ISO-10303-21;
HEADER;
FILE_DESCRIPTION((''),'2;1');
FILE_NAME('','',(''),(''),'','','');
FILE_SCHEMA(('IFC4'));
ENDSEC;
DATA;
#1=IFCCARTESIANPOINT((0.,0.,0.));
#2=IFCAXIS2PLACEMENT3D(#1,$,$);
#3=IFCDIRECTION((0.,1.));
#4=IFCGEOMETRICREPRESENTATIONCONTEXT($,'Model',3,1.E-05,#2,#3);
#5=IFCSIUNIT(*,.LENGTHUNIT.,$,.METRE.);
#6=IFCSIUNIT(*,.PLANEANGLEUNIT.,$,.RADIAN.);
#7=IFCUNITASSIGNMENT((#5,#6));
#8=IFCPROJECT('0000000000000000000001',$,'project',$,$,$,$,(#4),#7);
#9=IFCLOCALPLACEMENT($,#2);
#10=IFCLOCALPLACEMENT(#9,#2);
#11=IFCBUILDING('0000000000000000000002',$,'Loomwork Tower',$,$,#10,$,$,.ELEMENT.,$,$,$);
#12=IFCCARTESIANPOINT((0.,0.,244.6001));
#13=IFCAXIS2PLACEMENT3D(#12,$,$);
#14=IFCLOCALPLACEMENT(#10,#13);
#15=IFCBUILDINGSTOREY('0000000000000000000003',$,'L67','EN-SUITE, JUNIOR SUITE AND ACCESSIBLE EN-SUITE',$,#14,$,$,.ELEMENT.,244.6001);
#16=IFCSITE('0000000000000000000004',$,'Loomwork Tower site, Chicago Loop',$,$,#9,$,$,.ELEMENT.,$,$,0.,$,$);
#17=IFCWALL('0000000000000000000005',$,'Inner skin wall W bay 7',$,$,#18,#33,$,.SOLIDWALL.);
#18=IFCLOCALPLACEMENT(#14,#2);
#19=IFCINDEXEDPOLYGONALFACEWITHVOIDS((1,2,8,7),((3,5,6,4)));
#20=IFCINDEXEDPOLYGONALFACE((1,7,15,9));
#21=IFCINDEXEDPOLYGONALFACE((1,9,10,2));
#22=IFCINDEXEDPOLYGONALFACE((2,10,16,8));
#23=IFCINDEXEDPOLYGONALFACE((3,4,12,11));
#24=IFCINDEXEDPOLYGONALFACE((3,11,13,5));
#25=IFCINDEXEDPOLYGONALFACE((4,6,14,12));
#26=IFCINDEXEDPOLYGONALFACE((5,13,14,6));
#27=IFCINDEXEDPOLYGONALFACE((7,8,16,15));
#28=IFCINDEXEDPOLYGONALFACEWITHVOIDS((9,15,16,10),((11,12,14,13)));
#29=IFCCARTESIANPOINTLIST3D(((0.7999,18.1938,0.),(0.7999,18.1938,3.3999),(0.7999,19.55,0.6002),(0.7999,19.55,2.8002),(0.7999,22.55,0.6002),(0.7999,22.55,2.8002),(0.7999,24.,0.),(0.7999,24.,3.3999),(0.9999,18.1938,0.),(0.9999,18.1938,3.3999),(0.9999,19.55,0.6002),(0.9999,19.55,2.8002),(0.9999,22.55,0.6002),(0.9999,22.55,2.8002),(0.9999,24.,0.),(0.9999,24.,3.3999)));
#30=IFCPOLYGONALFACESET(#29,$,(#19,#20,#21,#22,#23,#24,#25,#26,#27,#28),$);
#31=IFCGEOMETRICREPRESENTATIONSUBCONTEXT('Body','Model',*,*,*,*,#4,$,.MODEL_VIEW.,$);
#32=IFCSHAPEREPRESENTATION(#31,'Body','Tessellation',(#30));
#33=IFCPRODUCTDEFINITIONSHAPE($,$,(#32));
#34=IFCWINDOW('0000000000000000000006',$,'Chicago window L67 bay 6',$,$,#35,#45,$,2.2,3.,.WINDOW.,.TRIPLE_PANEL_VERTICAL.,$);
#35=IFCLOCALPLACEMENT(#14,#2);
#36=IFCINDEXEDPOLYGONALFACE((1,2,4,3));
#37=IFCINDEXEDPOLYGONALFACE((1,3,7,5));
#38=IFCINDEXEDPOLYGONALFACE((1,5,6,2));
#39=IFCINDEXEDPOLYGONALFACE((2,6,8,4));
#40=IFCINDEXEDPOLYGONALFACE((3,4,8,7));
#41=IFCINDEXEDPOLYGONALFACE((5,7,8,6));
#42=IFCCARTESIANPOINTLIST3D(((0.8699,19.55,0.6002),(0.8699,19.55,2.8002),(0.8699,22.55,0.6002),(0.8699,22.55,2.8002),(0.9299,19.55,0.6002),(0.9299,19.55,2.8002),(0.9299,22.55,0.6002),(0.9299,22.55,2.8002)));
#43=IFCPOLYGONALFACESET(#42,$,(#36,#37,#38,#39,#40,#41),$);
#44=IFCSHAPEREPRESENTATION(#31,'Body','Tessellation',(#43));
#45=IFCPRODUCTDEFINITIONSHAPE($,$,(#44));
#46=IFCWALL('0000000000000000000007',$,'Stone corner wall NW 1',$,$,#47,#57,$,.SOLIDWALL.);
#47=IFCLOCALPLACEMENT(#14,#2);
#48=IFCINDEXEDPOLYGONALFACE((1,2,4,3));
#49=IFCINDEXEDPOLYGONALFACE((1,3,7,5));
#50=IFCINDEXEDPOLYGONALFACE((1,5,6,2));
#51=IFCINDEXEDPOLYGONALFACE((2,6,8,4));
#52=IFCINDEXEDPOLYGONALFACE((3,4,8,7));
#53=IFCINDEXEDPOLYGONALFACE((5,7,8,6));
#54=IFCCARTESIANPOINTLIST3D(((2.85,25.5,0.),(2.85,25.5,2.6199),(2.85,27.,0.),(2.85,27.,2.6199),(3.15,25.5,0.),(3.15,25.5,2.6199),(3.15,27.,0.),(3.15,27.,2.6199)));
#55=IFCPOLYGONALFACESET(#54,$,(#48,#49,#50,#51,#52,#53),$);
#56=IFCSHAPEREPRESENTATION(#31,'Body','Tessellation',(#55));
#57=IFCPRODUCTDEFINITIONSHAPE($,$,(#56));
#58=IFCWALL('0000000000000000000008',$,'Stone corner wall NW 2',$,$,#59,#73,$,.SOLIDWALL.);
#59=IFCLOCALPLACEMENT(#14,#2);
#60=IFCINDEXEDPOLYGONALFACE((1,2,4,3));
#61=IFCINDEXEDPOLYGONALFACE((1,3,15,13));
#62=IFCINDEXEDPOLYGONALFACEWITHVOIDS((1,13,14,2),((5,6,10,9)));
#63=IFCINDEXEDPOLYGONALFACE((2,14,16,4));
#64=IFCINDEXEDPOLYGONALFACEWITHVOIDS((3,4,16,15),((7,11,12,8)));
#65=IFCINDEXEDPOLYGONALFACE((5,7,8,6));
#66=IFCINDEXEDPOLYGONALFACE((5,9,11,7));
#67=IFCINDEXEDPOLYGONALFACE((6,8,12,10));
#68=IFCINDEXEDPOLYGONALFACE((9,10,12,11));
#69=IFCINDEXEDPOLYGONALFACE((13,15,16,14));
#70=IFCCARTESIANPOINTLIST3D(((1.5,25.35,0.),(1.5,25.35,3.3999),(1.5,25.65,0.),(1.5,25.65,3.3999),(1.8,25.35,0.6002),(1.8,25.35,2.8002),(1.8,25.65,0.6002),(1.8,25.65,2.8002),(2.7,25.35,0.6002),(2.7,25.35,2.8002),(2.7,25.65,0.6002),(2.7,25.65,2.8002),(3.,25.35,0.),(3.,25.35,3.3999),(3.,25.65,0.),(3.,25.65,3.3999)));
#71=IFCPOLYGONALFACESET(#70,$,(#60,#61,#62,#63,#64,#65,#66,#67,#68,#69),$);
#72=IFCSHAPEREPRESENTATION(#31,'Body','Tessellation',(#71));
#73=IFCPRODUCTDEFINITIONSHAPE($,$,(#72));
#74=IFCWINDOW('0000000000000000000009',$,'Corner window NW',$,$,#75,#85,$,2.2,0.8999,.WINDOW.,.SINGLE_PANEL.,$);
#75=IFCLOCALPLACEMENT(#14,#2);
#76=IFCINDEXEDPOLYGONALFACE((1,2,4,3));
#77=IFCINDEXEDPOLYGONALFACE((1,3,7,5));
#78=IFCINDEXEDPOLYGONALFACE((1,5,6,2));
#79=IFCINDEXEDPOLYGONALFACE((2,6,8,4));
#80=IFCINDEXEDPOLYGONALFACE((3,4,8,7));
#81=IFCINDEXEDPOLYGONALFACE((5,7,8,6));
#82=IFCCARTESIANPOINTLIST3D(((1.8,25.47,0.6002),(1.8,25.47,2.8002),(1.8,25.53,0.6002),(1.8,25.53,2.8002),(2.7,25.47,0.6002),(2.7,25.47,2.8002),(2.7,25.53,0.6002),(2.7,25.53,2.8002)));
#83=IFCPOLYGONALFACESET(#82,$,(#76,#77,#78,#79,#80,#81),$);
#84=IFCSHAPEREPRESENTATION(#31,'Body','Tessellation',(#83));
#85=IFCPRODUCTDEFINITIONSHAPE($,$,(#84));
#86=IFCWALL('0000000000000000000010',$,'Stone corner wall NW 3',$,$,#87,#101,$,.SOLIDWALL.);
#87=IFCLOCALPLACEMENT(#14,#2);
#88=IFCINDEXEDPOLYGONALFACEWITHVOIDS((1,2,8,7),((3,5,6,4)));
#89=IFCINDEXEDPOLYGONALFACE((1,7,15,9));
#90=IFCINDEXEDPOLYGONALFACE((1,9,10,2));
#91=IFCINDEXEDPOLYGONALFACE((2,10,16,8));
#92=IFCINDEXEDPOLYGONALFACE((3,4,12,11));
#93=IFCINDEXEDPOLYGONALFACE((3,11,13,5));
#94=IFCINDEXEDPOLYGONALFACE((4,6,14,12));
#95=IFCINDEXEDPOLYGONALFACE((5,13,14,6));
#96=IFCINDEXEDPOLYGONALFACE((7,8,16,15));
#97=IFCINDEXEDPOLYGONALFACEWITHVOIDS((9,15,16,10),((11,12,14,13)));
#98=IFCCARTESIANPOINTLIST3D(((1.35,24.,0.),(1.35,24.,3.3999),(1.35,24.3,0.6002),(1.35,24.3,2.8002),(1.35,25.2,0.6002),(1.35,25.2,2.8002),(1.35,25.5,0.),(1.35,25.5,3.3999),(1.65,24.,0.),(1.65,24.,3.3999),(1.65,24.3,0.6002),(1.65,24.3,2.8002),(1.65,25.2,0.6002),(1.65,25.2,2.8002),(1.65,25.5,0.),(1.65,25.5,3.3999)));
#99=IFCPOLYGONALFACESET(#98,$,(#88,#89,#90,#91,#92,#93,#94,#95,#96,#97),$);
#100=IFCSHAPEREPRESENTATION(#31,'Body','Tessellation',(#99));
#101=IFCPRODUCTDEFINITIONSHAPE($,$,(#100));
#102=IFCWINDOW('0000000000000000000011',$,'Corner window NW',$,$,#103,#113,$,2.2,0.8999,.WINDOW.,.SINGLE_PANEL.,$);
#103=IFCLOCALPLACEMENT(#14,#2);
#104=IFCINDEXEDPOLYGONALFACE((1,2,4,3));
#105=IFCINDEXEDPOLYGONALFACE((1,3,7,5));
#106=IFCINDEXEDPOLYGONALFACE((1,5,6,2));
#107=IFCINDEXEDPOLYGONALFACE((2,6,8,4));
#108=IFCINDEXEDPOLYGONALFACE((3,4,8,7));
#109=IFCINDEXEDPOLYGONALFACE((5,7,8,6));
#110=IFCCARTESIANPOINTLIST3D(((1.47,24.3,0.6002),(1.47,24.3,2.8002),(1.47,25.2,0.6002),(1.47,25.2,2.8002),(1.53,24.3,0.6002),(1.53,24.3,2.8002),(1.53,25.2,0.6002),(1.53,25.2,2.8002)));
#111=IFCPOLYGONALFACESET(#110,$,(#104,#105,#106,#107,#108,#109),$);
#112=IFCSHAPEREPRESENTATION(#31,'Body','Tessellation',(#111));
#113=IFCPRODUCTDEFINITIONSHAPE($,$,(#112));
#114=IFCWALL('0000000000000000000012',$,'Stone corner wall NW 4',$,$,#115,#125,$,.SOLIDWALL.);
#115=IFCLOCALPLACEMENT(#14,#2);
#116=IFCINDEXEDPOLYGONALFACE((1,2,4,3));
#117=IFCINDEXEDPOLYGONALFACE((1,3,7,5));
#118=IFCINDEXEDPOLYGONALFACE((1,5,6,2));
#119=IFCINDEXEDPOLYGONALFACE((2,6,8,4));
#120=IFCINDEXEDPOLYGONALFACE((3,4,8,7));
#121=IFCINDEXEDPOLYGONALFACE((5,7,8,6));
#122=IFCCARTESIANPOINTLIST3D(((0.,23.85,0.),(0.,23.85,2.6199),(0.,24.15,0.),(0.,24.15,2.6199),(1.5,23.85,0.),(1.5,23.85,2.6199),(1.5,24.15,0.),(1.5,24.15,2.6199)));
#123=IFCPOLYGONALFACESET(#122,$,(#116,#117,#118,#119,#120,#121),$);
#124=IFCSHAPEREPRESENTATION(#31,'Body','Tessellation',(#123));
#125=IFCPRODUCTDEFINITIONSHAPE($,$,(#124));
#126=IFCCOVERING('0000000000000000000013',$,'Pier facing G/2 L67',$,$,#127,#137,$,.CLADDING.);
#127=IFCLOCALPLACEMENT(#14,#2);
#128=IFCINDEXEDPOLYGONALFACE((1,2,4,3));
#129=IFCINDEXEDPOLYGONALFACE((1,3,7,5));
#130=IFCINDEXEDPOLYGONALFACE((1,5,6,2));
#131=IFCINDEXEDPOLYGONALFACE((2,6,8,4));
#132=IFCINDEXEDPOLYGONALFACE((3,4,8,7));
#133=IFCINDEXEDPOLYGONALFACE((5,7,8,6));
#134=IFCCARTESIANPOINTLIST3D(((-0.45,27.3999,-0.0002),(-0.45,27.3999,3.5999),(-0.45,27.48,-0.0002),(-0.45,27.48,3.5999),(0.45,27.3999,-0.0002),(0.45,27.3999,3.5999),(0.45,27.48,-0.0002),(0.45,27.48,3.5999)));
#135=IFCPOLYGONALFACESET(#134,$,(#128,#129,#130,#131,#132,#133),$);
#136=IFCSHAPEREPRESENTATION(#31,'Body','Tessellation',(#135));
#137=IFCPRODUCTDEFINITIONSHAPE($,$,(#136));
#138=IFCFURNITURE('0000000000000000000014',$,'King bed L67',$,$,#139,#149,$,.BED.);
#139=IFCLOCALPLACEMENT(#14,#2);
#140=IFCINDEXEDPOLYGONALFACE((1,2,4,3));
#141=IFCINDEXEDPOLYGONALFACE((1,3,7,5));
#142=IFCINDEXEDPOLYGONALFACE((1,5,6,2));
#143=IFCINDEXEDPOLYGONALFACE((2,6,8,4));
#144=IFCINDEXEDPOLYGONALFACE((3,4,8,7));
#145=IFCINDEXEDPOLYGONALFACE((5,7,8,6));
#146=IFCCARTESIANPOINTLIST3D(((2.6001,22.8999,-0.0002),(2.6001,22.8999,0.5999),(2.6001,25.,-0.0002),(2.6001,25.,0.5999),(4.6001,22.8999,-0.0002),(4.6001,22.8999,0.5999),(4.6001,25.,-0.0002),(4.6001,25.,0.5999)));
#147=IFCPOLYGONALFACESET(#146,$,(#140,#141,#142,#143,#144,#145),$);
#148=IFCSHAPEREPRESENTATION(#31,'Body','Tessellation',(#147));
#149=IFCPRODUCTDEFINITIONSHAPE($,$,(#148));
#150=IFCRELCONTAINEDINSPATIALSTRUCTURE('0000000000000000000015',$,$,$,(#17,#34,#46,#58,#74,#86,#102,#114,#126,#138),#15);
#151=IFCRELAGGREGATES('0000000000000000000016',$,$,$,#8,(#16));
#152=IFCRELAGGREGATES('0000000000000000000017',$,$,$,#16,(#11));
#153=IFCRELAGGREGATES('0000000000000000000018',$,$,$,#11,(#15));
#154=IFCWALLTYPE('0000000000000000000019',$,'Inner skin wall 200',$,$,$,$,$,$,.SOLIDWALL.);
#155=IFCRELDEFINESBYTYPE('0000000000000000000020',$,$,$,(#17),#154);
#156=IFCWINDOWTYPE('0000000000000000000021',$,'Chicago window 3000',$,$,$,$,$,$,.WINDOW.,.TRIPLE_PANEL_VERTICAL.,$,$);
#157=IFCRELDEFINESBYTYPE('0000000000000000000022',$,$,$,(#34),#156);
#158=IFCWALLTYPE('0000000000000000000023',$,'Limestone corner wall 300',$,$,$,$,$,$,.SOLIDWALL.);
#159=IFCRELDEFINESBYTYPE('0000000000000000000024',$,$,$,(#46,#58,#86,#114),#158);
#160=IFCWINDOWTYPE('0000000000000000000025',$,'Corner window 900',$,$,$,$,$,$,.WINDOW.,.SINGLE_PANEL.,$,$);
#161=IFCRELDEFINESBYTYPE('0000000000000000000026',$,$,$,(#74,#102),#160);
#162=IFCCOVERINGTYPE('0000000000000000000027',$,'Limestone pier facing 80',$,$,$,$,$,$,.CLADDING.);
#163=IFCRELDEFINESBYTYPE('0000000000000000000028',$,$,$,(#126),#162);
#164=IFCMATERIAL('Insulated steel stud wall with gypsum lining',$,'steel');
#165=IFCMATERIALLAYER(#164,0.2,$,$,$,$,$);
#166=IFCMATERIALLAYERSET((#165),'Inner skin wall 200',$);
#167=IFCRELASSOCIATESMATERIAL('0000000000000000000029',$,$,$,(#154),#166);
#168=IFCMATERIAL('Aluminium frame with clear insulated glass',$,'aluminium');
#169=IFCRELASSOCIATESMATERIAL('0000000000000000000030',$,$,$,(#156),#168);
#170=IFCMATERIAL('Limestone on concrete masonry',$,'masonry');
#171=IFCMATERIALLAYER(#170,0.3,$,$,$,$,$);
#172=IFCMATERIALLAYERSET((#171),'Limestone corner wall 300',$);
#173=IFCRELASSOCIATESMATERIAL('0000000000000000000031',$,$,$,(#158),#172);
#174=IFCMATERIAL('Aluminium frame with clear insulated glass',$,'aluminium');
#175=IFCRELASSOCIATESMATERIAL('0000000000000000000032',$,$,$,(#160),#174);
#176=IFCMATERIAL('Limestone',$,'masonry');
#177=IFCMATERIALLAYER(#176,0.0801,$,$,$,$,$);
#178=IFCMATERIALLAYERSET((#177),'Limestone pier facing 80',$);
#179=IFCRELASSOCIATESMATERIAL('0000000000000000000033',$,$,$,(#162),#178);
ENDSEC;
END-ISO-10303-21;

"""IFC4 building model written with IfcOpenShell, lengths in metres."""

from ifc_helpers import new_model, si_unit, direction, frame, frame_2d, origin, origin_2d, place, context, subcontext, project, spatial, rectangle, extrude, material, layer, layer_set, type_object, element, fill, save


model = new_model("IFC4")

# Units and contexts
model_context = context("Model", 3, precision=1e-05, world=origin(), true_north=direction((0.0, 1.0)))
body_context = subcontext(model_context, "Body", "Model", "MODEL_VIEW")
ifc_project = project(units=[si_unit("LENGTHUNIT", "METRE"), si_unit("PLANEANGLEUNIT", "RADIAN")], contexts=[model_context])

# Site, building, storey
site_placement = place(None, origin())
site = spatial("IfcSite", under=ifc_project, at=site_placement, Name="Loomwork Tower site, Chicago Loop", CompositionType="ELEMENT", RefElevation=0.0)
building_placement = place(site_placement, origin())
building = spatial("IfcBuilding", under=site, at=building_placement, Name="Loomwork Tower", CompositionType="ELEMENT")
storey_placement = place(building_placement, frame((0.0, 0.0, 244.6001)))
storey = spatial("IfcBuildingStorey", under=building, at=storey_placement, Name="L67", Description="EN-SUITE, JUNIOR SUITE AND ACCESSIBLE EN-SUITE", CompositionType="ELEMENT", Elevation=244.6001)

# Wall, opening, window
ifc_material_1 = material(Name="Insulated steel stud wall with gypsum lining", Category="steel")
ifc_layer_1 = layer(ifc_material_1, 0.2)
ifc_layer_set_1 = layer_set([ifc_layer_1], Name="Inner skin wall 200")
wall_type_1 = type_object("IfcWallType", Name="Inner skin wall 200", PredefinedType="SOLIDWALL", material=ifc_layer_set_1)
wall_1_placement = place(storey_placement, frame((0.8999, 18.1938, 0.0), z_axis=(0.0, 0.0, 1.0), x_axis=(0.0, 1.0, 0.0)))
wall_1 = element("IfcWall", 1, at=wall_1_placement, inside=storey, type_object=wall_type_1, Name="Inner skin wall W bay 7", PredefinedType="SOLIDWALL", context=body_context, shape_type="SweptSolid", body=[
    extrude(rectangle(XDim=5.8062, YDim=0.2, at=frame_2d((2.9031, 0.0))), origin(), (0.0, 0.0, 1.0), 3.3999),
])
opening_1_placement = place(wall_1_placement, frame((1.3562, 0.0, 0.6001)))
opening_1 = element("IfcOpeningElement", 2, at=opening_1_placement, cuts=wall_1, PredefinedType="OPENING", context=body_context, shape_type="SweptSolid", body=[
    extrude(rectangle(XDim=3.0, YDim=2.2, at=frame_2d((1.5, 1.1001))), frame((0.0, 0.1099, 0.0), z_axis=(0.0, -1.0, 0.0), x_axis=(1.0, 0.0, 0.0)), (0.0, 0.0, 1.0), 0.22),
])
ifc_material_2 = material(Name="Aluminium frame with clear insulated glass", Category="aluminium")
window_type_1 = type_object("IfcWindowType", Name="Chicago window 3000", PartitioningType="TRIPLE_PANEL_VERTICAL", PredefinedType="WINDOW", material=ifc_material_2)
window_1_placement = place(opening_1_placement, origin())
window_1 = element("IfcWindow", 3, at=window_1_placement, inside=storey, type_object=window_type_1, Name="Chicago window L67 bay 6", OverallHeight=2.2, OverallWidth=3.0, PartitioningType="TRIPLE_PANEL_VERTICAL", PredefinedType="WINDOW", context=body_context, shape_type="SweptSolid", body=[
    extrude(rectangle(XDim=3.0, YDim=2.2, at=frame_2d((1.5, 1.1001))), frame((0.0, 0.03, 0.0), z_axis=(0.0, -1.0, 0.0), x_axis=(1.0, 0.0, 0.0)), (0.0, 0.0, 1.0), 0.0601),
])
fill(opening_1, window_1)

# Wall
ifc_material_3 = material(Name="Limestone on concrete masonry", Category="masonry")
ifc_layer_2 = layer(ifc_material_3, 0.3)
ifc_layer_set_2 = layer_set([ifc_layer_2], Name="Limestone corner wall 300")
wall_type_2 = type_object("IfcWallType", Name="Limestone corner wall 300", PredefinedType="SOLIDWALL", material=ifc_layer_set_2)
wall_2_placement = place(storey_placement, frame((3.0, 27.0, 0.0), z_axis=(0.0, 0.0, 1.0), x_axis=(0.0, -1.0, 0.0)))
element("IfcWall", 4, at=wall_2_placement, inside=storey, type_object=wall_type_2, Name="Stone corner wall NW 1", PredefinedType="SOLIDWALL", context=body_context, shape_type="SweptSolid", body=[
    extrude(rectangle(XDim=1.5, YDim=0.3, at=frame_2d((0.75, 0.0))), origin(), (0.0, 0.0, 1.0), 2.6199),
])

# Walls, openings, windows
wall_3_placement = place(storey_placement, frame((3.0, 25.5, 0.0), z_axis=(0.0, 0.0, 1.0), x_axis=(-1.0, 0.0, 0.0)))
wall_3 = element("IfcWall", 5, at=wall_3_placement, inside=storey, type_object=wall_type_2, Name="Stone corner wall NW 2", PredefinedType="SOLIDWALL", context=body_context, shape_type="SweptSolid", body=[
    extrude(rectangle(XDim=1.5, YDim=0.3, at=frame_2d((0.75, 0.0))), origin(), (0.0, 0.0, 1.0), 3.3999),
])
opening_2_placement = place(wall_3_placement, frame((0.3, 0.0, 0.6001)))
opening_2 = element("IfcOpeningElement", 6, at=opening_2_placement, cuts=wall_3, PredefinedType="OPENING", context=body_context, shape_type="SweptSolid", body=[
    extrude(rectangle(XDim=0.8999, YDim=2.2, at=frame_2d((0.45, 1.1001))), frame((0.0, 0.1599, 0.0), z_axis=(0.0, -1.0, 0.0), x_axis=(1.0, 0.0, 0.0)), (0.0, 0.0, 1.0), 0.3201),
])
ifc_material_4 = material(Name="Aluminium frame with clear insulated glass", Category="aluminium")
window_type_2 = type_object("IfcWindowType", Name="Corner window 900", PartitioningType="SINGLE_PANEL", PredefinedType="WINDOW", material=ifc_material_4)
window_2_placement = place(opening_2_placement, origin())
window_2 = element("IfcWindow", 7, at=window_2_placement, inside=storey, type_object=window_type_2, Name="Corner window NW", OverallHeight=2.2, OverallWidth=0.8999, PartitioningType="SINGLE_PANEL", PredefinedType="WINDOW", context=body_context, shape_type="SweptSolid", body=[
    extrude(rectangle(XDim=0.8999, YDim=2.2, at=frame_2d((0.45, 1.1001))), frame((0.0, 0.03, 0.0), z_axis=(0.0, -1.0, 0.0), x_axis=(1.0, 0.0, 0.0)), (0.0, 0.0, 1.0), 0.0601),
])
fill(opening_2, window_2)
wall_4_placement = place(storey_placement, frame((1.5, 25.5, 0.0), z_axis=(0.0, 0.0, 1.0), x_axis=(0.0, -1.0, 0.0)))
wall_4 = element("IfcWall", 8, at=wall_4_placement, inside=storey, type_object=wall_type_2, Name="Stone corner wall NW 3", PredefinedType="SOLIDWALL", context=body_context, shape_type="SweptSolid", body=[
    extrude(rectangle(XDim=1.5, YDim=0.3, at=frame_2d((0.75, 0.0))), origin(), (0.0, 0.0, 1.0), 3.3999),
])
opening_3_placement = place(wall_4_placement, frame((0.3, 0.0, 0.6001)))
opening_3 = element("IfcOpeningElement", 9, at=opening_3_placement, cuts=wall_4, PredefinedType="OPENING", context=body_context, shape_type="SweptSolid", body=[
    extrude(rectangle(XDim=0.8999, YDim=2.2, at=frame_2d((0.45, 1.1001))), frame((0.0, 0.1599, 0.0), z_axis=(0.0, -1.0, 0.0), x_axis=(1.0, 0.0, 0.0)), (0.0, 0.0, 1.0), 0.3201),
])
window_3_placement = place(opening_3_placement, origin())
window_3 = element("IfcWindow", 10, at=window_3_placement, inside=storey, type_object=window_type_2, Name="Corner window NW", OverallHeight=2.2, OverallWidth=0.8999, PartitioningType="SINGLE_PANEL", PredefinedType="WINDOW", context=body_context, shape_type="SweptSolid", body=[
    extrude(rectangle(XDim=0.8999, YDim=2.2, at=frame_2d((0.45, 1.1001))), frame((0.0, 0.03, 0.0), z_axis=(0.0, -1.0, 0.0), x_axis=(1.0, 0.0, 0.0)), (0.0, 0.0, 1.0), 0.0601),
])
fill(opening_3, window_3)

# Wall
wall_5_placement = place(storey_placement, frame((1.5, 24.0, 0.0), z_axis=(0.0, 0.0, 1.0), x_axis=(-1.0, 0.0, 0.0)))
element("IfcWall", 11, at=wall_5_placement, inside=storey, type_object=wall_type_2, Name="Stone corner wall NW 4", PredefinedType="SOLIDWALL", context=body_context, shape_type="SweptSolid", body=[
    extrude(rectangle(XDim=1.5, YDim=0.3, at=frame_2d((0.75, 0.0))), origin(), (0.0, 0.0, 1.0), 2.6199),
])

# Covering
ifc_material_5 = material(Name="Limestone", Category="masonry")
ifc_layer_3 = layer(ifc_material_5, 0.0801)
ifc_layer_set_3 = layer_set([ifc_layer_3], Name="Limestone pier facing 80")
covering_type = type_object("IfcCoveringType", Name="Limestone pier facing 80", PredefinedType="CLADDING", material=ifc_layer_set_3)
covering_placement = place(storey_placement, frame((0.0, 27.4399, -0.0002), z_axis=(0.0, 0.0, 1.0), x_axis=(1.0, 0.0, 0.0)))
element("IfcCovering", 12, at=covering_placement, inside=storey, type_object=covering_type, Name="Pier facing G/2 L67", PredefinedType="CLADDING", context=body_context, shape_type="SweptSolid", body=[
    extrude(rectangle(XDim=0.8999, YDim=0.0801, at=origin_2d()), origin(), (0.0, 0.0, 1.0), 3.6001),
])

# Furniture
furniture_placement = place(storey_placement, frame((3.6001, 23.95, -0.0002), z_axis=(0.0, 0.0, 1.0), x_axis=(1.0, 0.0, 0.0)))
element("IfcFurniture", 13, at=furniture_placement, inside=storey, Name="King bed L67", PredefinedType="BED", context=body_context, shape_type="SweptSolid", body=[
    extrude(rectangle(XDim=2.0, YDim=2.1001, at=origin_2d()), origin(), (0.0, 0.0, 1.0), 0.6001),
])

save(model, "model.ifc")
